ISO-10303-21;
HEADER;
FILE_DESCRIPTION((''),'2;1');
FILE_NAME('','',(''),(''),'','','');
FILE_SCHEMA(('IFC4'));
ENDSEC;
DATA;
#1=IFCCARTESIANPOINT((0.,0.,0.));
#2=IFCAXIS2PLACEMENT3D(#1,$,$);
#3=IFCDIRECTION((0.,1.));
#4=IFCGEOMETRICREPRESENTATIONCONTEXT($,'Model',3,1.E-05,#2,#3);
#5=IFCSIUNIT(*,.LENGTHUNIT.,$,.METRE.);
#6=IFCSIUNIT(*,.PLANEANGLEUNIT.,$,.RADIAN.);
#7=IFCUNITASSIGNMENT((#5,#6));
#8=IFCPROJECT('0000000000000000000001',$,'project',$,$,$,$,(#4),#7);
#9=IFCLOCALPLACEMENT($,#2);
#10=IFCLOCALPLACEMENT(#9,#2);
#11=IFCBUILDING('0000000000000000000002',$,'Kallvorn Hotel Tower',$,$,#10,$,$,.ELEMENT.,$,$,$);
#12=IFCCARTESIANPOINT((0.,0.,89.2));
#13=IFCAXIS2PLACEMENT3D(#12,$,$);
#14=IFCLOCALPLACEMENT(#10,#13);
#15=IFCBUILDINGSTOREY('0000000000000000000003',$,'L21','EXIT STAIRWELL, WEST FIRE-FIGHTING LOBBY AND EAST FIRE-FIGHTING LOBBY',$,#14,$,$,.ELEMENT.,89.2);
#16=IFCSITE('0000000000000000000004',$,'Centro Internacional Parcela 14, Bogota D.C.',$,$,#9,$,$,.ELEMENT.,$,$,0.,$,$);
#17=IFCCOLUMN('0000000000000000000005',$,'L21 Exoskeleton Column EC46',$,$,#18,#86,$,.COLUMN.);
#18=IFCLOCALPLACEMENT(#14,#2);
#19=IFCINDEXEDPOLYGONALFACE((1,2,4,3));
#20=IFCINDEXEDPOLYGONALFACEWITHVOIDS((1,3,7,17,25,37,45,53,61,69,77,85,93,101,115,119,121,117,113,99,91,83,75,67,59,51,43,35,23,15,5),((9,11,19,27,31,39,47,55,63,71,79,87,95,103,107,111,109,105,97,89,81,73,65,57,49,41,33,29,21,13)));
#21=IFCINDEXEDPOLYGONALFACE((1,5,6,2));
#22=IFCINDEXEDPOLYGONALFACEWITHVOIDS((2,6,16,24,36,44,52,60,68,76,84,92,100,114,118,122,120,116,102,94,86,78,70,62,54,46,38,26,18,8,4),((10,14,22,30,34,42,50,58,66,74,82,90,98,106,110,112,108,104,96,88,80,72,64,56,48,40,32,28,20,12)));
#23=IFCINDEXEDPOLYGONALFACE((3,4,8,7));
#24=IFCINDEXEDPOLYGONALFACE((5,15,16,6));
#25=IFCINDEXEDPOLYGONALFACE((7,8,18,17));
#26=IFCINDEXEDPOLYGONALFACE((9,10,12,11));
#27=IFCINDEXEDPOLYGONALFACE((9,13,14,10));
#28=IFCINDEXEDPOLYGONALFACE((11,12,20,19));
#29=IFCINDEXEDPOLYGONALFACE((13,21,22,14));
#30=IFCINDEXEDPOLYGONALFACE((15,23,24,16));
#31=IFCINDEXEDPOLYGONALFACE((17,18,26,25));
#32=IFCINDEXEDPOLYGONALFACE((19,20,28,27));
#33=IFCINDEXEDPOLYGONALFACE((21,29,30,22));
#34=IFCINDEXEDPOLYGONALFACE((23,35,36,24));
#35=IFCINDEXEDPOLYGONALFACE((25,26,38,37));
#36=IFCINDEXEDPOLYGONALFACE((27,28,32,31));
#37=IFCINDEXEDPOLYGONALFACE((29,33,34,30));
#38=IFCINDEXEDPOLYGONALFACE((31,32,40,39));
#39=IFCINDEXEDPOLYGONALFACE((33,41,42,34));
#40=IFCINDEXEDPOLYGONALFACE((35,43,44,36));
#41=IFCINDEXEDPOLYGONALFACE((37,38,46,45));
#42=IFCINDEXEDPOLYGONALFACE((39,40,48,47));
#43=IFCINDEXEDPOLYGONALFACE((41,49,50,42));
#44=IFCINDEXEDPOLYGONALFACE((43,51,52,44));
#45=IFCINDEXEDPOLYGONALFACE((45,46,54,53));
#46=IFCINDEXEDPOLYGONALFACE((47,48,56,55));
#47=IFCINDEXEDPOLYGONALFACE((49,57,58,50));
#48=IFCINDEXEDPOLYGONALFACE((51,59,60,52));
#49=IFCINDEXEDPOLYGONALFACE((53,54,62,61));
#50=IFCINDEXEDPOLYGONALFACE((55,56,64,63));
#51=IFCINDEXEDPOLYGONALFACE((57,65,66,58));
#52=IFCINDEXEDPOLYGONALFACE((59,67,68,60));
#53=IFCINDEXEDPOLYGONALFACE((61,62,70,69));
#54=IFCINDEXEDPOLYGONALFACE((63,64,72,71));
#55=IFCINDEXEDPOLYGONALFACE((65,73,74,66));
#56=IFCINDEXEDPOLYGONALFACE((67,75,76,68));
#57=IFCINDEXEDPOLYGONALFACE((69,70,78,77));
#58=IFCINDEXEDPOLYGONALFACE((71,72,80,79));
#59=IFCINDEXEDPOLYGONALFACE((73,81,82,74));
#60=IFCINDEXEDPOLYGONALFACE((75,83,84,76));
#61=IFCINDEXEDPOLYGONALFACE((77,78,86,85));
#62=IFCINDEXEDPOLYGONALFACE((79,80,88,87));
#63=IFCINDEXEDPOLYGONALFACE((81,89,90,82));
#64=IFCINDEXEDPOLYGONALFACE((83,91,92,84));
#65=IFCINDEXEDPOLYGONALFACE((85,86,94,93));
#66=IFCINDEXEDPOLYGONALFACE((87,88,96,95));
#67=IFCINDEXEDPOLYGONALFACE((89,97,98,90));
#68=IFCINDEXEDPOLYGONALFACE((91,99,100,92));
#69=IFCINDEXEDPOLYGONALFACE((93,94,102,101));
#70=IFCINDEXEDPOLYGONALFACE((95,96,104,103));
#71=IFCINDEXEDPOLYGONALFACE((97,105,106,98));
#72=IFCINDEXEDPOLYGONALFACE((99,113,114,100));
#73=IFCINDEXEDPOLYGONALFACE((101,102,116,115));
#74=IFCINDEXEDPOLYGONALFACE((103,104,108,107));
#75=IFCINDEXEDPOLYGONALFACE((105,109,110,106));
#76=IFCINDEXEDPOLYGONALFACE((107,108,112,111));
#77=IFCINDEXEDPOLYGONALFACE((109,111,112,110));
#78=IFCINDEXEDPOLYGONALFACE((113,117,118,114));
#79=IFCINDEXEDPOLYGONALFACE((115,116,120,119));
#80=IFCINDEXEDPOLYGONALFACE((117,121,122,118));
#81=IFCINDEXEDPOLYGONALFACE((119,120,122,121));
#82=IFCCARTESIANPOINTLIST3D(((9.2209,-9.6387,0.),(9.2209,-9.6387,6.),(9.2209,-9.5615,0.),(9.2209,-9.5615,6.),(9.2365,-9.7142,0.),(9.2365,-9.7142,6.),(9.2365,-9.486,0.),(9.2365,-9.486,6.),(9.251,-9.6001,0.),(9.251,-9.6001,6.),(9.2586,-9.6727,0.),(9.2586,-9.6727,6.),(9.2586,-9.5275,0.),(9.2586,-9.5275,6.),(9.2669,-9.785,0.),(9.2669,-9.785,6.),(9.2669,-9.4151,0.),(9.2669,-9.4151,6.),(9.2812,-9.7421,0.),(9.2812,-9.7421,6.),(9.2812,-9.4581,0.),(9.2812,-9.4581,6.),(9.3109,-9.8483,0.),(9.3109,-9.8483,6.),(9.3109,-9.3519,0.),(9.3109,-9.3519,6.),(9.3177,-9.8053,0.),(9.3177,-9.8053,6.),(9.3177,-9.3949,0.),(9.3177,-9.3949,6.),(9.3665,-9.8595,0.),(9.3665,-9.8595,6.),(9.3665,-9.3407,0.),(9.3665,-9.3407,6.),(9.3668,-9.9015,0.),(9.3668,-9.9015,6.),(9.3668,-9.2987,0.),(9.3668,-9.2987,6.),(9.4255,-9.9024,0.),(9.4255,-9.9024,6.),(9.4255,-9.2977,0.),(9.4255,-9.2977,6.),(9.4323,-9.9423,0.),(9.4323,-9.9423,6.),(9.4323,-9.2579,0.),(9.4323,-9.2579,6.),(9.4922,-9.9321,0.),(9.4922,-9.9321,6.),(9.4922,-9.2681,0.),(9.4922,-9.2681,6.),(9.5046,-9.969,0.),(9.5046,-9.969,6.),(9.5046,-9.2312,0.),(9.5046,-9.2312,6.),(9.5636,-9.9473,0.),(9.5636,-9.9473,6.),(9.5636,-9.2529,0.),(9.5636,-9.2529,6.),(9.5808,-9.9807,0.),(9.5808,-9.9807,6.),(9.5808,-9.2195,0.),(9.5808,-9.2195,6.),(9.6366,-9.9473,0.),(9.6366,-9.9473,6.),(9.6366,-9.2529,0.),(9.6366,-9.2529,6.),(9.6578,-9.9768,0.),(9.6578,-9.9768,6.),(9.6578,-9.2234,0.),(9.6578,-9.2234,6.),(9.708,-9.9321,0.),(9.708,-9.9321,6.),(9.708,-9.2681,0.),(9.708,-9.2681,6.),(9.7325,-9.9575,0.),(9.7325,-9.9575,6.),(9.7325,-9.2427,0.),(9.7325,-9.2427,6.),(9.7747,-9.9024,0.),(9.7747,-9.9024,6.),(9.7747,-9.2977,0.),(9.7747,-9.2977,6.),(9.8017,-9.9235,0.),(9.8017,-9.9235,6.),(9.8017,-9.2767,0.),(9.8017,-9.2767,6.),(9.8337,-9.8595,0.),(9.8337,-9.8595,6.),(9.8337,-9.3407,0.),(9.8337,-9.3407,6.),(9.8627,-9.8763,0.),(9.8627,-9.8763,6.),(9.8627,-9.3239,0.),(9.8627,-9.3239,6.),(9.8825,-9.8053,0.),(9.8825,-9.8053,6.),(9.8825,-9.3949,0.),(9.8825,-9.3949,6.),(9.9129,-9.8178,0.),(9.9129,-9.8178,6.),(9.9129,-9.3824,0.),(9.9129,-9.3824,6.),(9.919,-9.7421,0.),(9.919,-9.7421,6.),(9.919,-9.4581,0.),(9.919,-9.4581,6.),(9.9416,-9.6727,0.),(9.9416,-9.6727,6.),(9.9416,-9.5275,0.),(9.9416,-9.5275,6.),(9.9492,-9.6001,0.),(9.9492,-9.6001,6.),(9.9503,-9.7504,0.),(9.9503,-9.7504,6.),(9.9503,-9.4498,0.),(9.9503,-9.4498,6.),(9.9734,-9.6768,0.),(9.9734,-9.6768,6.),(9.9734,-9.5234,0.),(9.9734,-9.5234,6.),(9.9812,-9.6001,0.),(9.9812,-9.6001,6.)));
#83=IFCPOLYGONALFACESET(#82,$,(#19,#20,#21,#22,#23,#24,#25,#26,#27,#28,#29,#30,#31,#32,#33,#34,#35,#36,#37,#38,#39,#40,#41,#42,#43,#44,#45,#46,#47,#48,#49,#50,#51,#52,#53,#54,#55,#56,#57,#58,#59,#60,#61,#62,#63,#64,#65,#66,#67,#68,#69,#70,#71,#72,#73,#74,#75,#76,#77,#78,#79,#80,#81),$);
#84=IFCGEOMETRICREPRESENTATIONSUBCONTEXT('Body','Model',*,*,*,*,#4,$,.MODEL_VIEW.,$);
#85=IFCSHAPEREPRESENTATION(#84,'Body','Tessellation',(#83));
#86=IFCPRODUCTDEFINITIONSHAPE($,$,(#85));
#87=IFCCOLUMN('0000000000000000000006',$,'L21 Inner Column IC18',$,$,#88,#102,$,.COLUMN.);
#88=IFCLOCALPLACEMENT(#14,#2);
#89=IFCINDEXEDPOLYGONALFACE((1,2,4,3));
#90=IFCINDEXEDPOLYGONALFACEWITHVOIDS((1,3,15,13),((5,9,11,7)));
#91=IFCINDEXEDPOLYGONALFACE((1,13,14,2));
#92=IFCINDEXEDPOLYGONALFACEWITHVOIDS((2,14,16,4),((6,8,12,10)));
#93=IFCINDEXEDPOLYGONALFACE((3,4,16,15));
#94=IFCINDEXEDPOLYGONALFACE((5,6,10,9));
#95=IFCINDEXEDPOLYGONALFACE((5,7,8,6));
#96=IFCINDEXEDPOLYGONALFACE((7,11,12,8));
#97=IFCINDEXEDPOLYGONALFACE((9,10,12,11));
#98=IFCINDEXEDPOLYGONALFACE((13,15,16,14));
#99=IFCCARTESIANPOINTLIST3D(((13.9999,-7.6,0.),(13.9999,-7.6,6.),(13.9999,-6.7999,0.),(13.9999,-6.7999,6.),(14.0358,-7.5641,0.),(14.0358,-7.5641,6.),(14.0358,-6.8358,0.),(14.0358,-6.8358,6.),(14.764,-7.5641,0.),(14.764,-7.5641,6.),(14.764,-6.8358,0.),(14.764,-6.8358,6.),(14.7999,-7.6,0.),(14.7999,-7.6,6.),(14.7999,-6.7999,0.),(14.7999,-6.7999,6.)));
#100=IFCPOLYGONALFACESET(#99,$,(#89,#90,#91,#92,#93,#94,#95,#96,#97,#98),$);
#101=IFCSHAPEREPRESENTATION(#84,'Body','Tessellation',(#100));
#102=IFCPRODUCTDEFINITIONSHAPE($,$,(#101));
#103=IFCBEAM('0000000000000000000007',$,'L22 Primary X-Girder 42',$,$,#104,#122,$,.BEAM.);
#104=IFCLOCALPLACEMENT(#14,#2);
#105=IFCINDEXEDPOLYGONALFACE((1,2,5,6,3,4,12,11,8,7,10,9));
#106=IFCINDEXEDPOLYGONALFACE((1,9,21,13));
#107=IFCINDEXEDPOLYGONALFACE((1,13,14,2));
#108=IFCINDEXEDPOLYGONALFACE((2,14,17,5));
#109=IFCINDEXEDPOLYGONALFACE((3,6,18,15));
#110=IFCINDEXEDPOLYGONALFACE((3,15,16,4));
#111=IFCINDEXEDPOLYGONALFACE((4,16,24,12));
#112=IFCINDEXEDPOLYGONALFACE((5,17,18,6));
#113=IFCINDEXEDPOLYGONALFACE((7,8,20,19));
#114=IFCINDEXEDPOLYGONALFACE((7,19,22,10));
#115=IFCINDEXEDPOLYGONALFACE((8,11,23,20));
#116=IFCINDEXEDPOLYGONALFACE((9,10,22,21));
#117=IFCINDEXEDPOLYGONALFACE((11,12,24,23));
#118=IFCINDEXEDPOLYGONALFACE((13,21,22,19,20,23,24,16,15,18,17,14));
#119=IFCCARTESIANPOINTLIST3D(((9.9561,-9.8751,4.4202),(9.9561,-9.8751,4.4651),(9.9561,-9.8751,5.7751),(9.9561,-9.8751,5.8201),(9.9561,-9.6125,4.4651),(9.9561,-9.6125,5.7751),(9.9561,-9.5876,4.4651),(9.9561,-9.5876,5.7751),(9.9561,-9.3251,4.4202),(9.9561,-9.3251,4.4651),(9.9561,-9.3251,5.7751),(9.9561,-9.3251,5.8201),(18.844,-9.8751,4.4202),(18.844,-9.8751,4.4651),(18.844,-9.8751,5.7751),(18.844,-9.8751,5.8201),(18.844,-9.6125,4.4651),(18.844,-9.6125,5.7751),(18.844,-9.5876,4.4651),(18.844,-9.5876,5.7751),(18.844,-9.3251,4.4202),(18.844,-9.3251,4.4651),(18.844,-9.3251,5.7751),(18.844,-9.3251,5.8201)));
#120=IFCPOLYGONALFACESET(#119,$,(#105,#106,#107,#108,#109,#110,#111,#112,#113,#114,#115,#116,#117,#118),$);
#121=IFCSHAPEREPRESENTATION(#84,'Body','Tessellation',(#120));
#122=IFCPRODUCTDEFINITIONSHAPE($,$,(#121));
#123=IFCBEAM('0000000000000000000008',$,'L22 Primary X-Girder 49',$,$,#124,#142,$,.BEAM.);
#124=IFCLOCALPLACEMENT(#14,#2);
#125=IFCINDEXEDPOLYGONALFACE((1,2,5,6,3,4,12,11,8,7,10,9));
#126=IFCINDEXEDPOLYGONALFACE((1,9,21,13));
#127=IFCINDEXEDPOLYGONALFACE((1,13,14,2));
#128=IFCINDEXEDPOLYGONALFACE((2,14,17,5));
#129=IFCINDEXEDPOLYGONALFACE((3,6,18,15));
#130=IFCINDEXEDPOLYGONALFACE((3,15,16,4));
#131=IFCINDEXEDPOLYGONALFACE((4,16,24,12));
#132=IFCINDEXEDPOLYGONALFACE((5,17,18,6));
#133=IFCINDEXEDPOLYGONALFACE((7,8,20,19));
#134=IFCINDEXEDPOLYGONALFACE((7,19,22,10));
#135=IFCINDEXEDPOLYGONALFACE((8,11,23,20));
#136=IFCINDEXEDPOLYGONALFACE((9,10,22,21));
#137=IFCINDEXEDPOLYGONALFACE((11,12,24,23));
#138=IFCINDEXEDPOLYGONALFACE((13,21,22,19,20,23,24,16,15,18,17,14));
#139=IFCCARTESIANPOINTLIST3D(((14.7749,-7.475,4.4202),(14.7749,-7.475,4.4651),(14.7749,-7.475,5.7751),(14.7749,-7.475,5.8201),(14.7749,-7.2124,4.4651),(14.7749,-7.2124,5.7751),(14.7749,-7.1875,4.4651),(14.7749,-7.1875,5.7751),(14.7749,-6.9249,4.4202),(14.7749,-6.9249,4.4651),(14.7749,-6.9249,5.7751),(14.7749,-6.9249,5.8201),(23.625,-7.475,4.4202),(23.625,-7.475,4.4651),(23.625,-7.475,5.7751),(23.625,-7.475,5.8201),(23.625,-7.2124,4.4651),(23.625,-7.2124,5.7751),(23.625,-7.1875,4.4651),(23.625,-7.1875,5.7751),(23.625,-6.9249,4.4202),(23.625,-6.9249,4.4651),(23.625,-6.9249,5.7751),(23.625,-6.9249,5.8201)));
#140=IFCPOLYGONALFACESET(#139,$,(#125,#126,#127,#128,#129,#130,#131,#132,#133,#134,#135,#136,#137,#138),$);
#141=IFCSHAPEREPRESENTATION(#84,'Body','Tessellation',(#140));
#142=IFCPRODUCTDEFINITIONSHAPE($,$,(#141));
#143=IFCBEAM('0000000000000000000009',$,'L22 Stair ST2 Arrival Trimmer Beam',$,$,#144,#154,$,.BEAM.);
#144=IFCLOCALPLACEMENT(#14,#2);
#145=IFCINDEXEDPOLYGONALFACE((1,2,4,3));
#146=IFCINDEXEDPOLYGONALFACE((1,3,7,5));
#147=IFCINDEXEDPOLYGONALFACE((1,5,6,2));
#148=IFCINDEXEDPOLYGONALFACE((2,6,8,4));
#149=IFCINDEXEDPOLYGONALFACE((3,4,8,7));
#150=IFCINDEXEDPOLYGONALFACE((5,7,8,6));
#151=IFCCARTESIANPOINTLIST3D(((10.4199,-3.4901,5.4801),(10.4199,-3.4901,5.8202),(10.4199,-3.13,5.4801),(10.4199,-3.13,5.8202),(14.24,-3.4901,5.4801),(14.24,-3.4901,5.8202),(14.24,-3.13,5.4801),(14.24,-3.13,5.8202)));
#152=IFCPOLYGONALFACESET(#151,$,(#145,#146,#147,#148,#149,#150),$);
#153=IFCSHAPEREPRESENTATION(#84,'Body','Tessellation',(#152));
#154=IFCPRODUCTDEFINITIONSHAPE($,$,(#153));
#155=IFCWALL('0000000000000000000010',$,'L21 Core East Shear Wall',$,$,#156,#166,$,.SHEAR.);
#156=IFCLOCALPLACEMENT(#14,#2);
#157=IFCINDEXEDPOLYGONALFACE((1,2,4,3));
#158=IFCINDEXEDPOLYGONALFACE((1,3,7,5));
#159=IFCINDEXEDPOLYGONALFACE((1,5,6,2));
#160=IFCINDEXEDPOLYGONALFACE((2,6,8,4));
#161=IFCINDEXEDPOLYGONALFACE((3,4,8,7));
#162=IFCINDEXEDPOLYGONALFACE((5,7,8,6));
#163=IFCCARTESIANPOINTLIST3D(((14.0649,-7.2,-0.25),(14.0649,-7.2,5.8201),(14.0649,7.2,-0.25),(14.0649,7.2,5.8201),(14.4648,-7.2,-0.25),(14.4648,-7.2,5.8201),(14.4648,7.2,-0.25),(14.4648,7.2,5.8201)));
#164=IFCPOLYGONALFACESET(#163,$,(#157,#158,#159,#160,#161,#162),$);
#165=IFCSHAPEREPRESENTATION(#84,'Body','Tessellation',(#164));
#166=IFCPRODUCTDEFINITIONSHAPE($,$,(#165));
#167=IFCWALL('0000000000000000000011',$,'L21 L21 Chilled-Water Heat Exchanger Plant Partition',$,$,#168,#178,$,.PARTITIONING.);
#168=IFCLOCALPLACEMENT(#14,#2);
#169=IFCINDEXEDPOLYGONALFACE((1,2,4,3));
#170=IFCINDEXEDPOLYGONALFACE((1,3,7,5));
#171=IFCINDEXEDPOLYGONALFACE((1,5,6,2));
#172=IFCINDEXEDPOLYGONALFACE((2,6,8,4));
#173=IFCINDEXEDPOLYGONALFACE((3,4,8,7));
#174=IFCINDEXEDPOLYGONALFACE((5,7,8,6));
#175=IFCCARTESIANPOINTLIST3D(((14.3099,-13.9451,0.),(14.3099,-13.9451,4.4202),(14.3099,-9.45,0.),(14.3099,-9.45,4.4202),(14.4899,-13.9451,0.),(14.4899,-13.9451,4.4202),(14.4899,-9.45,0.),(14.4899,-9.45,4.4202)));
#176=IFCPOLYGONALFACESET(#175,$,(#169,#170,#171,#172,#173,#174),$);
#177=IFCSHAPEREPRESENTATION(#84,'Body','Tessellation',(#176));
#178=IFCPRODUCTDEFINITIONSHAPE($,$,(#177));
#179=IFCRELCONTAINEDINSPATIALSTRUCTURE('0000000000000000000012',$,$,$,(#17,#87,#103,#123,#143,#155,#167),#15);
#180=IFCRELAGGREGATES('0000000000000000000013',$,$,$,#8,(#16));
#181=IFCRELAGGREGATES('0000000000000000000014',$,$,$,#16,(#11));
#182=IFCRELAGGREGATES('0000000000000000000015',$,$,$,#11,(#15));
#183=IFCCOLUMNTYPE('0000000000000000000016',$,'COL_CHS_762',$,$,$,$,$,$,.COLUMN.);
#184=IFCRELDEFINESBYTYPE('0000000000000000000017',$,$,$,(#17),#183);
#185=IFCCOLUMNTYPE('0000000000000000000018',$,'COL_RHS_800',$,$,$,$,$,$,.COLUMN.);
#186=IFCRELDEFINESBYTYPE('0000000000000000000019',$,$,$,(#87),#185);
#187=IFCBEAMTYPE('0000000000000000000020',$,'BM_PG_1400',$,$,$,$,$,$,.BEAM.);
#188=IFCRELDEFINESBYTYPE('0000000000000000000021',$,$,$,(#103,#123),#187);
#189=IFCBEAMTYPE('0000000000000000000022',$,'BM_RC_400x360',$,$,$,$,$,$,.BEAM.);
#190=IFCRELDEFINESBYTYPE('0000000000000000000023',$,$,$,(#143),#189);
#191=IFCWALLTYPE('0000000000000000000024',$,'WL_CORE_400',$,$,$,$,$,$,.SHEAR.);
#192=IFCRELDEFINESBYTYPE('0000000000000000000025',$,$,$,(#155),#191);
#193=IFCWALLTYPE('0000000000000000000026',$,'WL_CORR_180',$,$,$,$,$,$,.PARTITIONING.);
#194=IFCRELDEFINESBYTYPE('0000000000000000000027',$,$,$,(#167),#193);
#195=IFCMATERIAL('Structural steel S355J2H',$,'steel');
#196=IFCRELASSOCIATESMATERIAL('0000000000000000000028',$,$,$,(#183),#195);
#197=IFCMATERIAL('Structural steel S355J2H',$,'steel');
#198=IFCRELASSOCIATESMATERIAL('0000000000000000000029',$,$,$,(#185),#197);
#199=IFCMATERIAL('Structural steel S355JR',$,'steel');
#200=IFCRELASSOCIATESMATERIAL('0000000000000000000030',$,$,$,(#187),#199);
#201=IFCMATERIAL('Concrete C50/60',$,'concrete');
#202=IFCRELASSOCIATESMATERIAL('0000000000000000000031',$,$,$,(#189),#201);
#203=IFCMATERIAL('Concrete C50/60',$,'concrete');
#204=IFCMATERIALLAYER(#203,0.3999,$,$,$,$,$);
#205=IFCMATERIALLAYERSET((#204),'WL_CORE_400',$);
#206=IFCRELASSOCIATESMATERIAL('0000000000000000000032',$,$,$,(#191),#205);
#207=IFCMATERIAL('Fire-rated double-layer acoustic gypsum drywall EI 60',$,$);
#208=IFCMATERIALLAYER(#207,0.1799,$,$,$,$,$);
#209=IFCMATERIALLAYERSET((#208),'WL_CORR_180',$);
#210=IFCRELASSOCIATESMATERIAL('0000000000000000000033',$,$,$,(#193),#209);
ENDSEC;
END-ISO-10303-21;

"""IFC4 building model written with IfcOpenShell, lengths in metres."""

from ifc_helpers import new_model, si_unit, direction, frame, frame_2d, origin, origin_2d, place, context, subcontext, project, spatial, rectangle, hollow_rectangle, hollow_circle, i_section, extrude, material, layer, layer_set, material_profile, profile_set, type_object, element, save


model = new_model("IFC4")

# Units and contexts
model_context = context("Model", 3, precision=1e-05, world=origin(), true_north=direction((0.0, 1.0)))
body_context = subcontext(model_context, "Body", "Model", "MODEL_VIEW")
ifc_project = project(units=[si_unit("LENGTHUNIT", "METRE"), si_unit("PLANEANGLEUNIT", "RADIAN")], contexts=[model_context])

# Site, building, storey
site_placement = place(None, origin())
site = spatial("IfcSite", under=ifc_project, at=site_placement, Name="Centro Internacional Parcela 14, Bogota D.C.", CompositionType="ELEMENT", RefElevation=0.0)
building_placement = place(site_placement, origin())
building = spatial("IfcBuilding", under=site, at=building_placement, Name="Kallvorn Hotel Tower", CompositionType="ELEMENT")
storey_placement = place(building_placement, frame((0.0, 0.0, 89.2)))
storey = spatial("IfcBuildingStorey", under=building, at=storey_placement, Name="L21", Description="EXIT STAIRWELL, WEST FIRE-FIGHTING LOBBY AND EAST FIRE-FIGHTING LOBBY", CompositionType="ELEMENT", Elevation=89.2)

# Columns
ifc_material_1 = material(Name="Structural steel S355J2H", Category="steel")
ifc_material_profile_1 = material_profile(ifc_material_1, hollow_circle(Radius=0.3811, WallThickness=0.032, at=origin_2d()), Name="CHS 762x32")
ifc_profile_set_1 = profile_set([ifc_material_profile_1], Name="Structural steel S355J2H")
column_type_1 = type_object("IfcColumnType", Name="COL_CHS_762", PredefinedType="COLUMN", material=ifc_profile_set_1)
column_1_placement = place(storey_placement, frame((9.6001, -9.6001, 0.0), z_axis=(0.0, 0.0, 1.0), x_axis=(1.0, 0.0, 0.0)))
element("IfcColumn", 1, at=column_1_placement, inside=storey, type_object=column_type_1, Name="L21 Exoskeleton Column EC46", PredefinedType="COLUMN", context=body_context, shape_type="SweptSolid", body=[
    extrude(hollow_circle(Radius=0.3811, WallThickness=0.032, at=origin_2d()), origin(), (0.0, 0.0, 1.0), 6.0),
])
ifc_material_2 = material(Name="Structural steel S355J2H", Category="steel")
ifc_material_profile_2 = material_profile(ifc_material_2, hollow_rectangle(XDim=0.8, YDim=0.8, WallThickness=0.0359, at=origin_2d()), Name="RHS 800x800x36")
ifc_profile_set_2 = profile_set([ifc_material_profile_2], Name="Structural steel S355J2H")
column_type_2 = type_object("IfcColumnType", Name="COL_RHS_800", PredefinedType="COLUMN", material=ifc_profile_set_2)
column_2_placement = place(storey_placement, frame((14.3999, -7.2, 0.0), z_axis=(0.0, 0.0, 1.0), x_axis=(1.0, 0.0, 0.0)))
element("IfcColumn", 2, at=column_2_placement, inside=storey, type_object=column_type_2, Name="L21 Inner Column IC18", PredefinedType="COLUMN", context=body_context, shape_type="SweptSolid", body=[
    extrude(hollow_rectangle(XDim=0.8, YDim=0.8, WallThickness=0.0359, at=origin_2d()), origin(), (0.0, 0.0, 1.0), 6.0),
])

# Beams
ifc_material_3 = material(Name="Structural steel S355JR", Category="steel")
ifc_material_profile_3 = material_profile(ifc_material_3, i_section(OverallWidth=0.55, OverallDepth=1.3999, WebThickness=0.0249, FlangeThickness=0.0449, at=origin_2d()), Name="PG 1400x550x25x45")
ifc_profile_set_3 = profile_set([ifc_material_profile_3], Name="Structural steel S355JR")
beam_type_1 = type_object("IfcBeamType", Name="BM_PG_1400", PredefinedType="BEAM", material=ifc_profile_set_3)
beam_1_placement = place(storey_placement, frame((9.9561, -9.6001, 5.1201), z_axis=(1.0, 0.0, 0.0), x_axis=(0.0, 1.0, 0.0)))
element("IfcBeam", 3, at=beam_1_placement, inside=storey, type_object=beam_type_1, Name="L22 Primary X-Girder 42", PredefinedType="BEAM", context=body_context, shape_type="SweptSolid", body=[
    extrude(i_section(OverallWidth=0.55, OverallDepth=1.3999, WebThickness=0.0249, FlangeThickness=0.0449, at=origin_2d()), origin(), (0.0, 0.0, 1.0), 8.8879),
])
beam_2_placement = place(storey_placement, frame((14.7749, -7.2, 5.1201), z_axis=(1.0, 0.0, 0.0), x_axis=(0.0, 1.0, 0.0)))
element("IfcBeam", 4, at=beam_2_placement, inside=storey, type_object=beam_type_1, Name="L22 Primary X-Girder 49", PredefinedType="BEAM", context=body_context, shape_type="SweptSolid", body=[
    extrude(i_section(OverallWidth=0.55, OverallDepth=1.3999, WebThickness=0.0249, FlangeThickness=0.0449, at=origin_2d()), origin(), (0.0, 0.0, 1.0), 8.8501),
])
ifc_material_4 = material(Name="Concrete C50/60", Category="concrete")
ifc_material_profile_4 = material_profile(ifc_material_4, rectangle(XDim=0.3601, YDim=0.3401, at=origin_2d()), Name="RC 360x340")
ifc_profile_set_4 = profile_set([ifc_material_profile_4], Name="Concrete C50/60")
beam_type_2 = type_object("IfcBeamType", Name="BM_RC_400x360", PredefinedType="BEAM", material=ifc_profile_set_4)
beam_3_placement = place(storey_placement, frame((14.24, -3.3101, 5.6501), z_axis=(-1.0, 0.0, 0.0), x_axis=(0.0, -1.0, 0.0)))
element("IfcBeam", 5, at=beam_3_placement, inside=storey, type_object=beam_type_2, Name="L22 Stair ST2 Arrival Trimmer Beam", PredefinedType="BEAM", context=body_context, shape_type="SweptSolid", body=[
    extrude(rectangle(XDim=0.3601, YDim=0.3401, at=origin_2d()), origin(), (0.0, 0.0, 1.0), 3.8201),
])

# Walls
ifc_material_5 = material(Name="Concrete C50/60", Category="concrete")
ifc_layer_1 = layer(ifc_material_5, 0.3999)
ifc_layer_set_1 = layer_set([ifc_layer_1], Name="WL_CORE_400")
wall_type_1 = type_object("IfcWallType", Name="WL_CORE_400", PredefinedType="SHEAR", material=ifc_layer_set_1)
wall_1_placement = place(storey_placement, frame((14.2649, -7.2, -0.25), z_axis=(0.0, 0.0, 1.0), x_axis=(0.0, 1.0, 0.0)))
element("IfcWall", 6, at=wall_1_placement, inside=storey, type_object=wall_type_1, Name="L21 Core East Shear Wall", PredefinedType="SHEAR", context=body_context, shape_type="SweptSolid", body=[
    extrude(rectangle(XDim=14.3999, YDim=0.3999, at=frame_2d((7.2, 0.0))), origin(), (0.0, 0.0, 1.0), 6.0701),
])
ifc_material_6 = material(Name="Fire-rated double-layer acoustic gypsum drywall EI 60")
ifc_layer_2 = layer(ifc_material_6, 0.1799)
ifc_layer_set_2 = layer_set([ifc_layer_2], Name="WL_CORR_180")
wall_type_2 = type_object("IfcWallType", Name="WL_CORR_180", PredefinedType="PARTITIONING", material=ifc_layer_set_2)
wall_2_placement = place(storey_placement, frame((14.3999, -13.9451, 0.0), z_axis=(0.0, 0.0, 1.0), x_axis=(0.0, 1.0, 0.0)))
element("IfcWall", 7, at=wall_2_placement, inside=storey, type_object=wall_type_2, Name="L21 L21 Chilled-Water Heat Exchanger Plant Partition", PredefinedType="PARTITIONING", context=body_context, shape_type="SweptSolid", body=[
    extrude(rectangle(XDim=4.4951, YDim=0.1799, at=frame_2d((2.2476, 0.0))), origin(), (0.0, 0.0, 1.0), 4.4202),
])

save(model, "model.ifc")
